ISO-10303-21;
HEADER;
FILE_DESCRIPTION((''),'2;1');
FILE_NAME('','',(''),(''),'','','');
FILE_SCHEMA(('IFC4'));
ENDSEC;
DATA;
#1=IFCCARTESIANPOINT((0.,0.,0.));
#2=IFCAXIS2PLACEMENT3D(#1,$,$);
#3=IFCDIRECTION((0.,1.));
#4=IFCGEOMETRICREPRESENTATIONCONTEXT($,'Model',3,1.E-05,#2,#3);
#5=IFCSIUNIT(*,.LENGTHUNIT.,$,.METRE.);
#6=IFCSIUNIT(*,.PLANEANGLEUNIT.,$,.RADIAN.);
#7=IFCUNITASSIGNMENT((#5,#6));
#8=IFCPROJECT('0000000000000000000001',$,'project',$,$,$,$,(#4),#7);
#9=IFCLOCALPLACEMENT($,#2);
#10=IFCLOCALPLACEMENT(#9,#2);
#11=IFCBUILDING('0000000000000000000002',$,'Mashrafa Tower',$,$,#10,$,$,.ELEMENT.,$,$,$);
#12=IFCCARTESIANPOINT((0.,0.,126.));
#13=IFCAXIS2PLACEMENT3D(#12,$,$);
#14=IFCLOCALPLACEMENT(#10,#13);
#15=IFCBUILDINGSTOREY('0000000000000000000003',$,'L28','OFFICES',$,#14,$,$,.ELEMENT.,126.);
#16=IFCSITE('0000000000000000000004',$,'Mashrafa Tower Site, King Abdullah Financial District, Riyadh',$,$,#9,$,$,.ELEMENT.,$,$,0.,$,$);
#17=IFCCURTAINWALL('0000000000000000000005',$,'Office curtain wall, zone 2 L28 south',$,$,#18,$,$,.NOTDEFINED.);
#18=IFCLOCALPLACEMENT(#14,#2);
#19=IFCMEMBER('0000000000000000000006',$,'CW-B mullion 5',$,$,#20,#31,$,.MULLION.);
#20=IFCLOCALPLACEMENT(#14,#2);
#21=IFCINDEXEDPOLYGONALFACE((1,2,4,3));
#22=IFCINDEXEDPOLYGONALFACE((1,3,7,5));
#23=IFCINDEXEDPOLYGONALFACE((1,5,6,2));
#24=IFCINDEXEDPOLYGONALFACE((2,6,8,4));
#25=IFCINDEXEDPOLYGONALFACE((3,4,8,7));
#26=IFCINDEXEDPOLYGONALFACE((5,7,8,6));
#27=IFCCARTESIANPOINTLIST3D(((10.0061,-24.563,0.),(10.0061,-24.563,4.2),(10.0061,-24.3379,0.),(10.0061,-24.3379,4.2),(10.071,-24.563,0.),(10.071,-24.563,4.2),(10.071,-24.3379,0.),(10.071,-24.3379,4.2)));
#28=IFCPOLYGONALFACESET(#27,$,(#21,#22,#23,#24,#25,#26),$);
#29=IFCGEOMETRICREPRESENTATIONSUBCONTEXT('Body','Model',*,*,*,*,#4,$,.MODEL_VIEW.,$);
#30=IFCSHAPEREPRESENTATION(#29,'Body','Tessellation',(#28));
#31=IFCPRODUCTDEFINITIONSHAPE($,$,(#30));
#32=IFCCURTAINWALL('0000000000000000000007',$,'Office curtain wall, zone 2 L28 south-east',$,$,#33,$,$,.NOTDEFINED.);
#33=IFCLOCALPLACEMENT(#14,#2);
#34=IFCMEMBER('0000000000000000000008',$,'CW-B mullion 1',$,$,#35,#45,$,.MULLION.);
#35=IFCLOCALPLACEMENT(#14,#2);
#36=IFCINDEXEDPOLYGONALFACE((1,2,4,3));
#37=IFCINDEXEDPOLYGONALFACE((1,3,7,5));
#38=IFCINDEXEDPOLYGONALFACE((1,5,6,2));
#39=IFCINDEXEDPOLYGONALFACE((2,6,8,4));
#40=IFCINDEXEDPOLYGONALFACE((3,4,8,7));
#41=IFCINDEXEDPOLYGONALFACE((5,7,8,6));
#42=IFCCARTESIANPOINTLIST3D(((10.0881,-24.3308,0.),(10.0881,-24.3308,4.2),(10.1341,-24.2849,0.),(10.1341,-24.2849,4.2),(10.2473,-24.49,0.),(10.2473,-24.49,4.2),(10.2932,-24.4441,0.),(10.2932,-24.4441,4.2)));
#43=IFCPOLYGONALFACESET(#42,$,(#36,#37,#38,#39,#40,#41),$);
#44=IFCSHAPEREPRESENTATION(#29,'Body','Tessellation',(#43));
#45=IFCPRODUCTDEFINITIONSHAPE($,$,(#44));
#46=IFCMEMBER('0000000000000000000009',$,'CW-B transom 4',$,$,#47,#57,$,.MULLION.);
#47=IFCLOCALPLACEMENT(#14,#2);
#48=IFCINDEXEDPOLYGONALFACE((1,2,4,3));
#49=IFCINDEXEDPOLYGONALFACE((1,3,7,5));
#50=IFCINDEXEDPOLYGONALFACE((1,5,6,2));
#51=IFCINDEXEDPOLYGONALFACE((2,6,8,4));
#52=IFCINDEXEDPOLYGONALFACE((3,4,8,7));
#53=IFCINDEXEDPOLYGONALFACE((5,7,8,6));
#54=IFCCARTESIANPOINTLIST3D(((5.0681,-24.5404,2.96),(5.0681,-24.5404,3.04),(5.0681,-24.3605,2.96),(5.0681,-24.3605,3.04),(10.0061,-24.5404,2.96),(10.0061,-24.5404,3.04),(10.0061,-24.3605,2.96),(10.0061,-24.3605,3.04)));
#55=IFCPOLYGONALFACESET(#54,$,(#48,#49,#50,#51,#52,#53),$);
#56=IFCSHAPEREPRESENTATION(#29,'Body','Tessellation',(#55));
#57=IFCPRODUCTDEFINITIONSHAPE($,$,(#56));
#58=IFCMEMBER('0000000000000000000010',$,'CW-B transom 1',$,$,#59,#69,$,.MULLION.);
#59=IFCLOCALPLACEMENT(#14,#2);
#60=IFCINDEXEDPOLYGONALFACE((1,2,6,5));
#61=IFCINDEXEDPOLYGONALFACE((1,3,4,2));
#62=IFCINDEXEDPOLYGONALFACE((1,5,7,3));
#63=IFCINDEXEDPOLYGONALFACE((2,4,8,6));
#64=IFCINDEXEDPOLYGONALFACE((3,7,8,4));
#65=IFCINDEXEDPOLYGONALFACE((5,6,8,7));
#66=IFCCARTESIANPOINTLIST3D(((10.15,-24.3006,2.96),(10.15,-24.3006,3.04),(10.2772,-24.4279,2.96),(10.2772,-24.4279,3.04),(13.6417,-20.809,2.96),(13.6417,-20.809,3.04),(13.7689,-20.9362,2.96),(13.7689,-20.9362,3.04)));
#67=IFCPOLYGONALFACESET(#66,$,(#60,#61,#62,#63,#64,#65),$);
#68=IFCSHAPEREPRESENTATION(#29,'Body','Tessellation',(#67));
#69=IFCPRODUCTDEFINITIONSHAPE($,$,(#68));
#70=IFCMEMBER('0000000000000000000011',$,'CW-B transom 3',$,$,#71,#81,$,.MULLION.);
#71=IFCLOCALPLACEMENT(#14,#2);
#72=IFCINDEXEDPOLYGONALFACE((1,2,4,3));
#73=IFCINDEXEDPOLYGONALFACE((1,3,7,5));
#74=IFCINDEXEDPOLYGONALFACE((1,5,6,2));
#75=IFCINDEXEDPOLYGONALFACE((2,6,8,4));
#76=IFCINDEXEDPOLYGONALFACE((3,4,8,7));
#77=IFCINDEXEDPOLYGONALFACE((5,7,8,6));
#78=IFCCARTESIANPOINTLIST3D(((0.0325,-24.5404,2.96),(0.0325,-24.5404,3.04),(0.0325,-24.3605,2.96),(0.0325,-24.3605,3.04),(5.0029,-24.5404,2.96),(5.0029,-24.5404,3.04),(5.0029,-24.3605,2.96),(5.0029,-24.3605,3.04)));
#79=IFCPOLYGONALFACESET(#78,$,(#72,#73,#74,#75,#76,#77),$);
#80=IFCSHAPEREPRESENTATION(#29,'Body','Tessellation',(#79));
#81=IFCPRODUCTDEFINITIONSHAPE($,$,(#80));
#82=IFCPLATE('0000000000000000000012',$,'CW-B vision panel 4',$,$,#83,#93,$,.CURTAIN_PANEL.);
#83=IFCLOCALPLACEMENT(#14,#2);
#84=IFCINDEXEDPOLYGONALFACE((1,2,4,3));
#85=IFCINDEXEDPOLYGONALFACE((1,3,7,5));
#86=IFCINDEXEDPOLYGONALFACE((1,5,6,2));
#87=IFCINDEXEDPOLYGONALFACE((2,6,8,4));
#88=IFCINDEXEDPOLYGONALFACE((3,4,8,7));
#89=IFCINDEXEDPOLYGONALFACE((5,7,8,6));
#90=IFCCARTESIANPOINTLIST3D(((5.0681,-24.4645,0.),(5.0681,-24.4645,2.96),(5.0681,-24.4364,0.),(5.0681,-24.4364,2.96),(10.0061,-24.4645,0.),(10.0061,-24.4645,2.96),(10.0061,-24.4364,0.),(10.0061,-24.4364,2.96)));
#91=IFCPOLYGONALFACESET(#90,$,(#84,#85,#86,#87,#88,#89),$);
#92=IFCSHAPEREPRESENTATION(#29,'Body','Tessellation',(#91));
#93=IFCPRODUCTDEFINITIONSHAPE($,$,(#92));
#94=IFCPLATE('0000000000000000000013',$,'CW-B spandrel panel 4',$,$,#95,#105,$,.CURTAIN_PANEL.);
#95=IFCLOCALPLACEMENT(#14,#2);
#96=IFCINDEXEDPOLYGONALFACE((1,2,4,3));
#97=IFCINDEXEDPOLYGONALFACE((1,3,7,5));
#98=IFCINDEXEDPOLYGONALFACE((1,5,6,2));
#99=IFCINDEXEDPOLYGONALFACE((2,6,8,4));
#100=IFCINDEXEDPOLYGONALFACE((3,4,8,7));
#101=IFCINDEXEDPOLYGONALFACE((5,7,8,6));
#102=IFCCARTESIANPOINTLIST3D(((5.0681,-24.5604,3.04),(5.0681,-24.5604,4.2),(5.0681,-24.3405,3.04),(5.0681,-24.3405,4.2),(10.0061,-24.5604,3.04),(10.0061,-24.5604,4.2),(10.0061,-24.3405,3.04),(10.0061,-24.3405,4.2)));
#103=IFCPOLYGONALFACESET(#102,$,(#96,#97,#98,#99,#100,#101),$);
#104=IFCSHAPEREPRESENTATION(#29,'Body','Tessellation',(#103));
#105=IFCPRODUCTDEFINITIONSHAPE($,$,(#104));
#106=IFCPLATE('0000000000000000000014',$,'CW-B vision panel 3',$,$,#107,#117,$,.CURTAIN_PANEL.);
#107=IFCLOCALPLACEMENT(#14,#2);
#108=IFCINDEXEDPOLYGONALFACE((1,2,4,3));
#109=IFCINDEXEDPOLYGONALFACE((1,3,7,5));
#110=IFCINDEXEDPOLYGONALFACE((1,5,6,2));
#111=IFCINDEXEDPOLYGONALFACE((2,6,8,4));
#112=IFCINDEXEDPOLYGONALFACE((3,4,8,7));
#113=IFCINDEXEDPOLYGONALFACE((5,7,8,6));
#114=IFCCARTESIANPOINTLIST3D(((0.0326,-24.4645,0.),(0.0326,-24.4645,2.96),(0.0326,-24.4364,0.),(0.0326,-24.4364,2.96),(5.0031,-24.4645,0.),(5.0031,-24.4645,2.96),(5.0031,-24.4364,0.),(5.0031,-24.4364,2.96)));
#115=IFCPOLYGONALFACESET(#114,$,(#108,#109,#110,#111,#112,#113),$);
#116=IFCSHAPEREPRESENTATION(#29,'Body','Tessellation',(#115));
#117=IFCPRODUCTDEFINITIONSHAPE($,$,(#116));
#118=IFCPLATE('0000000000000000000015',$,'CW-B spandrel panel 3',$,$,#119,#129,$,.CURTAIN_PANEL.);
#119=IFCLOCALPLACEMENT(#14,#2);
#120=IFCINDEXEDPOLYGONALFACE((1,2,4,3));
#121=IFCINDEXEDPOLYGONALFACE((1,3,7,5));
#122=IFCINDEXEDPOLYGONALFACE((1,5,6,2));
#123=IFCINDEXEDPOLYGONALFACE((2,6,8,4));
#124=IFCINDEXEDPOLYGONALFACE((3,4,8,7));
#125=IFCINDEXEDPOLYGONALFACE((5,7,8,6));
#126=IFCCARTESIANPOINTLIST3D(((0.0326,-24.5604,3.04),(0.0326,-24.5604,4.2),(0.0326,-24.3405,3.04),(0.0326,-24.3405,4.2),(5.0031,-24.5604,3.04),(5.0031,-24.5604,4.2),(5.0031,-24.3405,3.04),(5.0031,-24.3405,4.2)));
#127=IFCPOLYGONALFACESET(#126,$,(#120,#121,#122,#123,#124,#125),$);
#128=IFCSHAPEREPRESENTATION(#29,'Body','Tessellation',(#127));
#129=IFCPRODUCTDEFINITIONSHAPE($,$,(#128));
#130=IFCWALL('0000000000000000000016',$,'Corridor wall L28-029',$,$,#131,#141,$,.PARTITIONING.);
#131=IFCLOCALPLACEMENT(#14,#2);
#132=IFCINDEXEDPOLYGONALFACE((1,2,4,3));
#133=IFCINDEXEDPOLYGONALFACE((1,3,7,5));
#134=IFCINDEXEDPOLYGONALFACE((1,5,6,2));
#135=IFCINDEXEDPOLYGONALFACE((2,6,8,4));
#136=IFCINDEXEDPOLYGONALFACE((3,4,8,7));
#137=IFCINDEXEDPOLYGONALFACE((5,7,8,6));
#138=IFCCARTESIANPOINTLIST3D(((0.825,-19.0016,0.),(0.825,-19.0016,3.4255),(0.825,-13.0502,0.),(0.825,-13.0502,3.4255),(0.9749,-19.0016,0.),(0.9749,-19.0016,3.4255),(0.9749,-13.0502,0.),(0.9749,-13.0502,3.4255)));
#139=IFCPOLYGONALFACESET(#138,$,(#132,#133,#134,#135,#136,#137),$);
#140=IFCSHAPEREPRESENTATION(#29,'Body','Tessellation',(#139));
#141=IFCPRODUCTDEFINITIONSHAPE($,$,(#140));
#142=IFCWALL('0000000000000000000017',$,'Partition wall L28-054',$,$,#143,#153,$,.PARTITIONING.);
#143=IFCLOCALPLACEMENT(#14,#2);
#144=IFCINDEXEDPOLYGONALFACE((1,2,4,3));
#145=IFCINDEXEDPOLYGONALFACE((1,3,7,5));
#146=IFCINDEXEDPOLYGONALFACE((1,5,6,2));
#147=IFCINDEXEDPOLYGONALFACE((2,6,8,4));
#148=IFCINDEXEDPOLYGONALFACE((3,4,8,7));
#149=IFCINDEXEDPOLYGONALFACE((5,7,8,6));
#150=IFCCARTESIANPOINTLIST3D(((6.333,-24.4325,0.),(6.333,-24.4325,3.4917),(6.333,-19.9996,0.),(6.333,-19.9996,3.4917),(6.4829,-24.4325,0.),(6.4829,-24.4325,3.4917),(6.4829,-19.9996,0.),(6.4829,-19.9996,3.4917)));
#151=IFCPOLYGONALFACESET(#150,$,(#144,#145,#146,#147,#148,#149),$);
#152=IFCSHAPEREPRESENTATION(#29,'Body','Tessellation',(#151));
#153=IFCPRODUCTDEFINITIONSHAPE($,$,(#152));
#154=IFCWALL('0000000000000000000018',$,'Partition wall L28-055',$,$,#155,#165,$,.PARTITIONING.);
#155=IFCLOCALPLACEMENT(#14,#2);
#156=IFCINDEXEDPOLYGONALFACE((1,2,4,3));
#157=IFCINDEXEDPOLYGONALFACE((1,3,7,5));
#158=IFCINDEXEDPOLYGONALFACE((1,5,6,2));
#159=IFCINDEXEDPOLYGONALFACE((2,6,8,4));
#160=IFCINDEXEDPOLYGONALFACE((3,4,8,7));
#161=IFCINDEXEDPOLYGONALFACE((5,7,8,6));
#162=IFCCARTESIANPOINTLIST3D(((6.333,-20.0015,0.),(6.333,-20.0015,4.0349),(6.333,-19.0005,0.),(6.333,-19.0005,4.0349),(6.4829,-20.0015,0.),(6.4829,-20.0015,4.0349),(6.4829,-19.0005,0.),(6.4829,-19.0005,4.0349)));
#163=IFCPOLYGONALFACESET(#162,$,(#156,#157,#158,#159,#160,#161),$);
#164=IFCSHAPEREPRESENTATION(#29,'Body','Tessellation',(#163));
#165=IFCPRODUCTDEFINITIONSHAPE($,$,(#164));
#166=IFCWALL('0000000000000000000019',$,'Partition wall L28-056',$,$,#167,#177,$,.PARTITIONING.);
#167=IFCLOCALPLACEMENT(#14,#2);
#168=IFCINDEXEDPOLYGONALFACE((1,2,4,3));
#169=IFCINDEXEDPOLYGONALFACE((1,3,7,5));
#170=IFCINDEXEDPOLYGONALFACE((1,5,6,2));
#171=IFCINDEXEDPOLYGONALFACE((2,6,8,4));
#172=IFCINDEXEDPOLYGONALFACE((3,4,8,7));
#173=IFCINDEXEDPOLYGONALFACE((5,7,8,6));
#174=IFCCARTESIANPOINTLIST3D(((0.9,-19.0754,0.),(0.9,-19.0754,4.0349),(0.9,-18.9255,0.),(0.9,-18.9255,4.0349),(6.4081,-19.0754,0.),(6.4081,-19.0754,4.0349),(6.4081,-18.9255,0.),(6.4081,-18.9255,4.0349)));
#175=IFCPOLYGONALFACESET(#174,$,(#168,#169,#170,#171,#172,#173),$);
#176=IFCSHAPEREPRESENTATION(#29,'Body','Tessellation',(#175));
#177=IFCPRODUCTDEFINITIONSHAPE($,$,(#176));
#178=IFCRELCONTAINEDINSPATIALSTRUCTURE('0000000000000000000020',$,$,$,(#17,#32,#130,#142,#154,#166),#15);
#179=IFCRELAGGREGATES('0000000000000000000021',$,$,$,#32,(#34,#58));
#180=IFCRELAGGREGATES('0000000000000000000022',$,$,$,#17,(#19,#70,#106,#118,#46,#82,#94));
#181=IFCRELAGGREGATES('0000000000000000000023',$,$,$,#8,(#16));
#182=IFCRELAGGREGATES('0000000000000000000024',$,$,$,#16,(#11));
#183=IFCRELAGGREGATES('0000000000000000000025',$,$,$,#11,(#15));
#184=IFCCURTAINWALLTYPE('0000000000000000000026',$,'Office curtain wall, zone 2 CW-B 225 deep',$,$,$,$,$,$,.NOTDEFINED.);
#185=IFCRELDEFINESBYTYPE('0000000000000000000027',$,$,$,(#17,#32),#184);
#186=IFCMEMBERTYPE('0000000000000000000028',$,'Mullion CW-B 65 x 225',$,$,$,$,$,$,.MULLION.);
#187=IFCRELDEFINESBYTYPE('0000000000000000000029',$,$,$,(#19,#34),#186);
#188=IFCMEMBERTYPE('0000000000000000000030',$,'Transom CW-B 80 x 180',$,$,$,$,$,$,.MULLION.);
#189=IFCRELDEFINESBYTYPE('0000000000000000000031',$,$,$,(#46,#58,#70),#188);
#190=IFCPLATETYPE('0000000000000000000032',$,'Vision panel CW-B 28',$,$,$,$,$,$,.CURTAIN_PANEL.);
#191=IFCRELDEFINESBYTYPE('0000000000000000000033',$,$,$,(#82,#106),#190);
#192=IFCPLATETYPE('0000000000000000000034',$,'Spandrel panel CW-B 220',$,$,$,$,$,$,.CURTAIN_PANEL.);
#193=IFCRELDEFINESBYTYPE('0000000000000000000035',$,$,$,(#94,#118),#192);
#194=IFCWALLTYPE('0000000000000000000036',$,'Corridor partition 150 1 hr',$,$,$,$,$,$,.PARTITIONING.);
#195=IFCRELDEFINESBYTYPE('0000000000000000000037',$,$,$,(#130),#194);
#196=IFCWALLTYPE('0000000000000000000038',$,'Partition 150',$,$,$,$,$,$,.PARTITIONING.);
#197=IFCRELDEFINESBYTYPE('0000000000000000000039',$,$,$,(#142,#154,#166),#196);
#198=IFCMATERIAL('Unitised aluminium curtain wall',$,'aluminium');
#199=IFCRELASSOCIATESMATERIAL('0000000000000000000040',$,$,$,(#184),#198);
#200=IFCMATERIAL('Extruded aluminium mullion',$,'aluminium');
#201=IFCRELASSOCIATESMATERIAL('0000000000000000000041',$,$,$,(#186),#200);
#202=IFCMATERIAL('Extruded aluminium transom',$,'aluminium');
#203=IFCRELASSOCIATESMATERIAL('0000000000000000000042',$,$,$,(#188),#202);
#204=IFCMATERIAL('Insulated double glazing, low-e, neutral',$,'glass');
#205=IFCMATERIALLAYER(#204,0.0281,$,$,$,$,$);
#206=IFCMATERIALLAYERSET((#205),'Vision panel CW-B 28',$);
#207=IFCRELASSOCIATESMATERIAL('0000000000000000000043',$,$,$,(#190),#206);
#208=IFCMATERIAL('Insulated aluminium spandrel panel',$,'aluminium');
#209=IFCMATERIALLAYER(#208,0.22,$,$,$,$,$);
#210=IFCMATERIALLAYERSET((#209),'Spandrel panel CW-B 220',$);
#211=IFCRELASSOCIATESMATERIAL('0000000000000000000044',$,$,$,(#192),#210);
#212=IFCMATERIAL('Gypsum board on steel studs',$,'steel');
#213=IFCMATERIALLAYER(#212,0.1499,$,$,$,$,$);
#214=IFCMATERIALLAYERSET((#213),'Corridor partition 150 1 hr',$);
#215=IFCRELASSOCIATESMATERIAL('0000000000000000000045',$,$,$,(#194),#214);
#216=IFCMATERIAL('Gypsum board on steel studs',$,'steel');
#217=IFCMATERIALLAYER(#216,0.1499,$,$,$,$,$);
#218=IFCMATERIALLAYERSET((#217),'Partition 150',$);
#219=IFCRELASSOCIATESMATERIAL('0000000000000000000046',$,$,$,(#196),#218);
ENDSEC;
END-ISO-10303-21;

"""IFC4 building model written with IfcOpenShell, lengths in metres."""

from ifc_helpers import new_model, si_unit, direction, frame, frame_2d, origin, origin_2d, place, context, subcontext, project, spatial, rectangle, extrude, source, transform, mapped, material, layer, layer_set, material_profile, profile_set, type_object, type_shapes, element, aggregate, save


model = new_model("IFC4")

# Units and contexts
model_context = context("Model", 3, precision=1e-05, world=origin(), true_north=direction((0.0, 1.0)))
body_context = subcontext(model_context, "Body", "Model", "MODEL_VIEW")
ifc_project = project(units=[si_unit("LENGTHUNIT", "METRE"), si_unit("PLANEANGLEUNIT", "RADIAN")], contexts=[model_context])

# Site, building, storey
site_placement = place(None, origin())
site = spatial("IfcSite", under=ifc_project, at=site_placement, Name="Mashrafa Tower Site, King Abdullah Financial District, Riyadh", CompositionType="ELEMENT", RefElevation=0.0)
building_placement = place(site_placement, origin())
building = spatial("IfcBuilding", under=site, at=building_placement, Name="Mashrafa Tower", CompositionType="ELEMENT")
storey_placement = place(building_placement, frame((0.0, 0.0, 126.0)))
storey = spatial("IfcBuildingStorey", under=building, at=storey_placement, Name="L28", Description="OFFICES", CompositionType="ELEMENT", Elevation=126.0)

# Curtain wall, member
ifc_material_1 = material(Name="Unitised aluminium curtain wall", Category="aluminium")
curtain_wall_type = type_object("IfcCurtainWallType", Name="Office curtain wall, zone 2 CW-B 225 deep", PredefinedType="NOTDEFINED", material=ifc_material_1)
curtain_wall_1_placement = place(storey_placement, origin())
curtain_wall_1 = element("IfcCurtainWall", 1, at=curtain_wall_1_placement, inside=storey, type_object=curtain_wall_type, Name="Office curtain wall, zone 2 L28 south", PredefinedType="NOTDEFINED")
ifc_material_2 = material(Name="Extruded aluminium mullion", Category="aluminium")
ifc_material_profile_1 = material_profile(ifc_material_2, rectangle(XDim=0.2251, YDim=0.0649, at=origin_2d()), Name="Mullion 65x225")
ifc_profile_set_1 = profile_set([ifc_material_profile_1], Name="Extruded aluminium mullion")
member_type_1 = type_object("IfcMemberType", Name="Mullion CW-B 65 x 225", PredefinedType="MULLION", material=ifc_profile_set_1)
shared_shape_1 = source(origin(), body_context, "Body", "SweptSolid", [
    extrude(rectangle(XDim=0.2251, YDim=0.0649, at=origin_2d()), origin(), (0.0, 0.0, 1.0), 4.2),
])
type_shapes(member_type_1, [shared_shape_1])
member_1_placement = place(storey_placement, frame((10.0386, -24.4504, 0.0), z_axis=(0.0, 0.0, 1.0), x_axis=(0.0, 1.0, 0.0)))
member_1 = element("IfcMember", 2, at=member_1_placement, type_object=member_type_1, Name="CW-B mullion 5", PredefinedType="MULLION", context=body_context, shape_type="MappedRepresentation", body=[
    mapped(shared_shape_1, transform((0.0, 0.0, 0.0))),
])

# Curtain wall, member
curtain_wall_2_placement = place(storey_placement, origin())
curtain_wall_2 = element("IfcCurtainWall", 3, at=curtain_wall_2_placement, inside=storey, type_object=curtain_wall_type, Name="Office curtain wall, zone 2 L28 south-east", PredefinedType="NOTDEFINED")
member_2_placement = place(storey_placement, frame((10.1907, -24.3875, 0.0), z_axis=(0.0, 0.0, 1.0), x_axis=(-0.707107, 0.707107, 0.0)))
member_2 = element("IfcMember", 4, at=member_2_placement, type_object=member_type_1, Name="CW-B mullion 1", PredefinedType="MULLION", context=body_context, shape_type="MappedRepresentation", body=[
    mapped(shared_shape_1, transform((0.0, 0.0, 0.0))),
])

# Members
ifc_material_3 = material(Name="Extruded aluminium transom", Category="aluminium")
ifc_material_profile_2 = material_profile(ifc_material_3, rectangle(XDim=0.1799, YDim=0.0801, at=origin_2d()), Name="Transom 80x180")
ifc_profile_set_2 = profile_set([ifc_material_profile_2], Name="Extruded aluminium transom")
member_type_2 = type_object("IfcMemberType", Name="Transom CW-B 80 x 180", PredefinedType="MULLION", material=ifc_profile_set_2)
shared_shape_2 = source(origin(), body_context, "Body", "SweptSolid", [
    extrude(rectangle(XDim=0.1799, YDim=0.0801, at=origin_2d()), origin(), (0.0, 0.0, 1.0), 4.938),
])
member_3_placement = place(storey_placement, frame((5.0681, -24.4504, 3.0), z_axis=(1.0, 0.0, 0.0), x_axis=(0.0, 1.0, 0.0)))
member_3 = element("IfcMember", 5, at=member_3_placement, type_object=member_type_2, Name="CW-B transom 4", PredefinedType="MULLION", context=body_context, shape_type="MappedRepresentation", body=[
    mapped(shared_shape_2, transform((0.0, 0.0, 0.0))),
])
member_4_placement = place(storey_placement, frame((10.2136, -24.3643, 3.0), z_axis=(0.707107, 0.707107, 0.0), x_axis=(-0.707107, 0.707107, 0.0)))
member_4 = element("IfcMember", 6, at=member_4_placement, type_object=member_type_2, Name="CW-B transom 1", PredefinedType="MULLION", context=body_context, shape_type="MappedRepresentation", body=[
    mapped(shared_shape_2, transform((0.0, 0.0, 0.0))),
])
aggregate(curtain_wall_2, [member_2, member_4])
shared_shape_3 = source(origin(), body_context, "Body", "SweptSolid", [
    extrude(rectangle(XDim=0.1799, YDim=0.0801, at=origin_2d()), origin(), (0.0, 0.0, 1.0), 4.9705),
])
type_shapes(member_type_2, [shared_shape_2, shared_shape_3])
member_5_placement = place(storey_placement, frame((0.0325, -24.4504, 3.0), z_axis=(1.0, 0.0, 0.0), x_axis=(0.0, 1.0, 0.0)))
member_5 = element("IfcMember", 7, at=member_5_placement, type_object=member_type_2, Name="CW-B transom 3", PredefinedType="MULLION", context=body_context, shape_type="MappedRepresentation", body=[
    mapped(shared_shape_3, transform((0.0, 0.0, 0.0))),
])

# Plates
ifc_material_4 = material(Name="Insulated double glazing, low-e, neutral", Category="glass")
ifc_layer_1 = layer(ifc_material_4, 0.0281)
ifc_layer_set_1 = layer_set([ifc_layer_1], Name="Vision panel CW-B 28")
plate_type_1 = type_object("IfcPlateType", Name="Vision panel CW-B 28", PredefinedType="CURTAIN_PANEL", material=ifc_layer_set_1)
shared_shape_4 = source(origin(), body_context, "Body", "SweptSolid", [
    extrude(rectangle(XDim=4.938, YDim=0.0281, at=origin_2d()), origin(), (0.0, 0.0, 1.0), 2.96),
])
plate_1_placement = place(storey_placement, frame((7.5371, -24.4504, 0.0), z_axis=(0.0, 0.0, 1.0), x_axis=(1.0, 0.0, 0.0)))
plate_1 = element("IfcPlate", 8, at=plate_1_placement, type_object=plate_type_1, Name="CW-B vision panel 4", PredefinedType="CURTAIN_PANEL", context=body_context, shape_type="MappedRepresentation", body=[
    mapped(shared_shape_4, transform((0.0, 0.0, 0.0))),
])
ifc_material_5 = material(Name="Insulated aluminium spandrel panel", Category="aluminium")
ifc_layer_2 = layer(ifc_material_5, 0.22)
ifc_layer_set_2 = layer_set([ifc_layer_2], Name="Spandrel panel CW-B 220")
plate_type_2 = type_object("IfcPlateType", Name="Spandrel panel CW-B 220", PredefinedType="CURTAIN_PANEL", material=ifc_layer_set_2)
shared_shape_5 = source(origin(), body_context, "Body", "SweptSolid", [
    extrude(rectangle(XDim=4.938, YDim=0.22, at=origin_2d()), origin(), (0.0, 0.0, 1.0), 1.1599),
])
plate_2_placement = place(storey_placement, frame((7.5371, -24.4504, 3.04), z_axis=(0.0, 0.0, 1.0), x_axis=(1.0, 0.0, 0.0)))
plate_2 = element("IfcPlate", 9, at=plate_2_placement, type_object=plate_type_2, Name="CW-B spandrel panel 4", PredefinedType="CURTAIN_PANEL", context=body_context, shape_type="MappedRepresentation", body=[
    mapped(shared_shape_5, transform((0.0, 0.0, 0.0))),
])
shared_shape_6 = source(origin(), body_context, "Body", "SweptSolid", [
    extrude(rectangle(XDim=4.9705, YDim=0.0281, at=origin_2d()), origin(), (0.0, 0.0, 1.0), 2.96),
])
type_shapes(plate_type_1, [shared_shape_4, shared_shape_6])
plate_3_placement = place(storey_placement, frame((2.5178, -24.4504, 0.0), z_axis=(0.0, 0.0, 1.0), x_axis=(1.0, 0.0, 0.0)))
plate_3 = element("IfcPlate", 10, at=plate_3_placement, type_object=plate_type_1, Name="CW-B vision panel 3", PredefinedType="CURTAIN_PANEL", context=body_context, shape_type="MappedRepresentation", body=[
    mapped(shared_shape_6, transform((0.0, 0.0, 0.0))),
])
shared_shape_7 = source(origin(), body_context, "Body", "SweptSolid", [
    extrude(rectangle(XDim=4.9705, YDim=0.22, at=origin_2d()), origin(), (0.0, 0.0, 1.0), 1.1599),
])
type_shapes(plate_type_2, [shared_shape_5, shared_shape_7])
plate_4_placement = place(storey_placement, frame((2.5178, -24.4504, 3.04), z_axis=(0.0, 0.0, 1.0), x_axis=(1.0, 0.0, 0.0)))
plate_4 = element("IfcPlate", 11, at=plate_4_placement, type_object=plate_type_2, Name="CW-B spandrel panel 3", PredefinedType="CURTAIN_PANEL", context=body_context, shape_type="MappedRepresentation", body=[
    mapped(shared_shape_7, transform((0.0, 0.0, 0.0))),
])
aggregate(curtain_wall_1, [member_1, member_5, plate_3, plate_4, member_3, plate_1, plate_2])

# Shared definitions
ifc_material_6 = material(Name="Gypsum board on steel studs", Category="steel")
ifc_layer_3 = layer(ifc_material_6, 0.1499)
ifc_layer_set_3 = layer_set([ifc_layer_3], Name="Corridor partition 150 1 hr")
wall_type_1 = type_object("IfcWallType", Name="Corridor partition 150 1 hr", PredefinedType="PARTITIONING", material=ifc_layer_set_3)

# Walls
wall_1_placement = place(storey_placement, frame((0.8999, -19.0015, 0.0), z_axis=(0.0, 0.0, 1.0), x_axis=(0.0, 1.0, 0.0)))
element("IfcWall", 12, at=wall_1_placement, inside=storey, type_object=wall_type_1, Name="Corridor wall L28-029", PredefinedType="PARTITIONING", context=body_context, shape_type="SweptSolid", body=[
    extrude(rectangle(XDim=5.9514, YDim=0.1499, at=frame_2d((2.9756, 0.0))), origin(), (0.0, 0.0, 1.0), 3.4255),
])
ifc_material_7 = material(Name="Gypsum board on steel studs", Category="steel")
ifc_layer_4 = layer(ifc_material_7, 0.1499)
ifc_layer_set_4 = layer_set([ifc_layer_4], Name="Partition 150")
wall_type_2 = type_object("IfcWallType", Name="Partition 150", PredefinedType="PARTITIONING", material=ifc_layer_set_4)
wall_2_placement = place(storey_placement, frame((6.408, -24.4324, 0.0), z_axis=(0.0, 0.0, 1.0), x_axis=(0.0, 1.0, 0.0)))
element("IfcWall", 13, at=wall_2_placement, inside=storey, type_object=wall_type_2, Name="Partition wall L28-054", PredefinedType="PARTITIONING", context=body_context, shape_type="SweptSolid", body=[
    extrude(rectangle(XDim=4.4329, YDim=0.1499, at=frame_2d((2.2163, 0.0))), origin(), (0.0, 0.0, 1.0), 3.4917),
])
wall_3_placement = place(storey_placement, frame((6.408, -20.0015, 0.0), z_axis=(0.0, 0.0, 1.0), x_axis=(0.0, 1.0, 0.0)))
element("IfcWall", 14, at=wall_3_placement, inside=storey, type_object=wall_type_2, Name="Partition wall L28-055", PredefinedType="PARTITIONING", context=body_context, shape_type="SweptSolid", body=[
    extrude(rectangle(XDim=1.001, YDim=0.1499, at=frame_2d((0.5005, 0.0))), origin(), (0.0, 0.0, 1.0), 4.0349),
])
wall_4_placement = place(storey_placement, frame((6.408, -19.0005, 0.0), z_axis=(0.0, 0.0, 1.0), x_axis=(-1.0, 0.0, 0.0)))
element("IfcWall", 15, at=wall_4_placement, inside=storey, type_object=wall_type_2, Name="Partition wall L28-056", PredefinedType="PARTITIONING", context=body_context, shape_type="SweptSolid", body=[
    extrude(rectangle(XDim=5.5081, YDim=0.1499, at=frame_2d((2.7539, 0.0))), origin(), (0.0, 0.0, 1.0), 4.0349),
])

save(model, "model.ifc")
